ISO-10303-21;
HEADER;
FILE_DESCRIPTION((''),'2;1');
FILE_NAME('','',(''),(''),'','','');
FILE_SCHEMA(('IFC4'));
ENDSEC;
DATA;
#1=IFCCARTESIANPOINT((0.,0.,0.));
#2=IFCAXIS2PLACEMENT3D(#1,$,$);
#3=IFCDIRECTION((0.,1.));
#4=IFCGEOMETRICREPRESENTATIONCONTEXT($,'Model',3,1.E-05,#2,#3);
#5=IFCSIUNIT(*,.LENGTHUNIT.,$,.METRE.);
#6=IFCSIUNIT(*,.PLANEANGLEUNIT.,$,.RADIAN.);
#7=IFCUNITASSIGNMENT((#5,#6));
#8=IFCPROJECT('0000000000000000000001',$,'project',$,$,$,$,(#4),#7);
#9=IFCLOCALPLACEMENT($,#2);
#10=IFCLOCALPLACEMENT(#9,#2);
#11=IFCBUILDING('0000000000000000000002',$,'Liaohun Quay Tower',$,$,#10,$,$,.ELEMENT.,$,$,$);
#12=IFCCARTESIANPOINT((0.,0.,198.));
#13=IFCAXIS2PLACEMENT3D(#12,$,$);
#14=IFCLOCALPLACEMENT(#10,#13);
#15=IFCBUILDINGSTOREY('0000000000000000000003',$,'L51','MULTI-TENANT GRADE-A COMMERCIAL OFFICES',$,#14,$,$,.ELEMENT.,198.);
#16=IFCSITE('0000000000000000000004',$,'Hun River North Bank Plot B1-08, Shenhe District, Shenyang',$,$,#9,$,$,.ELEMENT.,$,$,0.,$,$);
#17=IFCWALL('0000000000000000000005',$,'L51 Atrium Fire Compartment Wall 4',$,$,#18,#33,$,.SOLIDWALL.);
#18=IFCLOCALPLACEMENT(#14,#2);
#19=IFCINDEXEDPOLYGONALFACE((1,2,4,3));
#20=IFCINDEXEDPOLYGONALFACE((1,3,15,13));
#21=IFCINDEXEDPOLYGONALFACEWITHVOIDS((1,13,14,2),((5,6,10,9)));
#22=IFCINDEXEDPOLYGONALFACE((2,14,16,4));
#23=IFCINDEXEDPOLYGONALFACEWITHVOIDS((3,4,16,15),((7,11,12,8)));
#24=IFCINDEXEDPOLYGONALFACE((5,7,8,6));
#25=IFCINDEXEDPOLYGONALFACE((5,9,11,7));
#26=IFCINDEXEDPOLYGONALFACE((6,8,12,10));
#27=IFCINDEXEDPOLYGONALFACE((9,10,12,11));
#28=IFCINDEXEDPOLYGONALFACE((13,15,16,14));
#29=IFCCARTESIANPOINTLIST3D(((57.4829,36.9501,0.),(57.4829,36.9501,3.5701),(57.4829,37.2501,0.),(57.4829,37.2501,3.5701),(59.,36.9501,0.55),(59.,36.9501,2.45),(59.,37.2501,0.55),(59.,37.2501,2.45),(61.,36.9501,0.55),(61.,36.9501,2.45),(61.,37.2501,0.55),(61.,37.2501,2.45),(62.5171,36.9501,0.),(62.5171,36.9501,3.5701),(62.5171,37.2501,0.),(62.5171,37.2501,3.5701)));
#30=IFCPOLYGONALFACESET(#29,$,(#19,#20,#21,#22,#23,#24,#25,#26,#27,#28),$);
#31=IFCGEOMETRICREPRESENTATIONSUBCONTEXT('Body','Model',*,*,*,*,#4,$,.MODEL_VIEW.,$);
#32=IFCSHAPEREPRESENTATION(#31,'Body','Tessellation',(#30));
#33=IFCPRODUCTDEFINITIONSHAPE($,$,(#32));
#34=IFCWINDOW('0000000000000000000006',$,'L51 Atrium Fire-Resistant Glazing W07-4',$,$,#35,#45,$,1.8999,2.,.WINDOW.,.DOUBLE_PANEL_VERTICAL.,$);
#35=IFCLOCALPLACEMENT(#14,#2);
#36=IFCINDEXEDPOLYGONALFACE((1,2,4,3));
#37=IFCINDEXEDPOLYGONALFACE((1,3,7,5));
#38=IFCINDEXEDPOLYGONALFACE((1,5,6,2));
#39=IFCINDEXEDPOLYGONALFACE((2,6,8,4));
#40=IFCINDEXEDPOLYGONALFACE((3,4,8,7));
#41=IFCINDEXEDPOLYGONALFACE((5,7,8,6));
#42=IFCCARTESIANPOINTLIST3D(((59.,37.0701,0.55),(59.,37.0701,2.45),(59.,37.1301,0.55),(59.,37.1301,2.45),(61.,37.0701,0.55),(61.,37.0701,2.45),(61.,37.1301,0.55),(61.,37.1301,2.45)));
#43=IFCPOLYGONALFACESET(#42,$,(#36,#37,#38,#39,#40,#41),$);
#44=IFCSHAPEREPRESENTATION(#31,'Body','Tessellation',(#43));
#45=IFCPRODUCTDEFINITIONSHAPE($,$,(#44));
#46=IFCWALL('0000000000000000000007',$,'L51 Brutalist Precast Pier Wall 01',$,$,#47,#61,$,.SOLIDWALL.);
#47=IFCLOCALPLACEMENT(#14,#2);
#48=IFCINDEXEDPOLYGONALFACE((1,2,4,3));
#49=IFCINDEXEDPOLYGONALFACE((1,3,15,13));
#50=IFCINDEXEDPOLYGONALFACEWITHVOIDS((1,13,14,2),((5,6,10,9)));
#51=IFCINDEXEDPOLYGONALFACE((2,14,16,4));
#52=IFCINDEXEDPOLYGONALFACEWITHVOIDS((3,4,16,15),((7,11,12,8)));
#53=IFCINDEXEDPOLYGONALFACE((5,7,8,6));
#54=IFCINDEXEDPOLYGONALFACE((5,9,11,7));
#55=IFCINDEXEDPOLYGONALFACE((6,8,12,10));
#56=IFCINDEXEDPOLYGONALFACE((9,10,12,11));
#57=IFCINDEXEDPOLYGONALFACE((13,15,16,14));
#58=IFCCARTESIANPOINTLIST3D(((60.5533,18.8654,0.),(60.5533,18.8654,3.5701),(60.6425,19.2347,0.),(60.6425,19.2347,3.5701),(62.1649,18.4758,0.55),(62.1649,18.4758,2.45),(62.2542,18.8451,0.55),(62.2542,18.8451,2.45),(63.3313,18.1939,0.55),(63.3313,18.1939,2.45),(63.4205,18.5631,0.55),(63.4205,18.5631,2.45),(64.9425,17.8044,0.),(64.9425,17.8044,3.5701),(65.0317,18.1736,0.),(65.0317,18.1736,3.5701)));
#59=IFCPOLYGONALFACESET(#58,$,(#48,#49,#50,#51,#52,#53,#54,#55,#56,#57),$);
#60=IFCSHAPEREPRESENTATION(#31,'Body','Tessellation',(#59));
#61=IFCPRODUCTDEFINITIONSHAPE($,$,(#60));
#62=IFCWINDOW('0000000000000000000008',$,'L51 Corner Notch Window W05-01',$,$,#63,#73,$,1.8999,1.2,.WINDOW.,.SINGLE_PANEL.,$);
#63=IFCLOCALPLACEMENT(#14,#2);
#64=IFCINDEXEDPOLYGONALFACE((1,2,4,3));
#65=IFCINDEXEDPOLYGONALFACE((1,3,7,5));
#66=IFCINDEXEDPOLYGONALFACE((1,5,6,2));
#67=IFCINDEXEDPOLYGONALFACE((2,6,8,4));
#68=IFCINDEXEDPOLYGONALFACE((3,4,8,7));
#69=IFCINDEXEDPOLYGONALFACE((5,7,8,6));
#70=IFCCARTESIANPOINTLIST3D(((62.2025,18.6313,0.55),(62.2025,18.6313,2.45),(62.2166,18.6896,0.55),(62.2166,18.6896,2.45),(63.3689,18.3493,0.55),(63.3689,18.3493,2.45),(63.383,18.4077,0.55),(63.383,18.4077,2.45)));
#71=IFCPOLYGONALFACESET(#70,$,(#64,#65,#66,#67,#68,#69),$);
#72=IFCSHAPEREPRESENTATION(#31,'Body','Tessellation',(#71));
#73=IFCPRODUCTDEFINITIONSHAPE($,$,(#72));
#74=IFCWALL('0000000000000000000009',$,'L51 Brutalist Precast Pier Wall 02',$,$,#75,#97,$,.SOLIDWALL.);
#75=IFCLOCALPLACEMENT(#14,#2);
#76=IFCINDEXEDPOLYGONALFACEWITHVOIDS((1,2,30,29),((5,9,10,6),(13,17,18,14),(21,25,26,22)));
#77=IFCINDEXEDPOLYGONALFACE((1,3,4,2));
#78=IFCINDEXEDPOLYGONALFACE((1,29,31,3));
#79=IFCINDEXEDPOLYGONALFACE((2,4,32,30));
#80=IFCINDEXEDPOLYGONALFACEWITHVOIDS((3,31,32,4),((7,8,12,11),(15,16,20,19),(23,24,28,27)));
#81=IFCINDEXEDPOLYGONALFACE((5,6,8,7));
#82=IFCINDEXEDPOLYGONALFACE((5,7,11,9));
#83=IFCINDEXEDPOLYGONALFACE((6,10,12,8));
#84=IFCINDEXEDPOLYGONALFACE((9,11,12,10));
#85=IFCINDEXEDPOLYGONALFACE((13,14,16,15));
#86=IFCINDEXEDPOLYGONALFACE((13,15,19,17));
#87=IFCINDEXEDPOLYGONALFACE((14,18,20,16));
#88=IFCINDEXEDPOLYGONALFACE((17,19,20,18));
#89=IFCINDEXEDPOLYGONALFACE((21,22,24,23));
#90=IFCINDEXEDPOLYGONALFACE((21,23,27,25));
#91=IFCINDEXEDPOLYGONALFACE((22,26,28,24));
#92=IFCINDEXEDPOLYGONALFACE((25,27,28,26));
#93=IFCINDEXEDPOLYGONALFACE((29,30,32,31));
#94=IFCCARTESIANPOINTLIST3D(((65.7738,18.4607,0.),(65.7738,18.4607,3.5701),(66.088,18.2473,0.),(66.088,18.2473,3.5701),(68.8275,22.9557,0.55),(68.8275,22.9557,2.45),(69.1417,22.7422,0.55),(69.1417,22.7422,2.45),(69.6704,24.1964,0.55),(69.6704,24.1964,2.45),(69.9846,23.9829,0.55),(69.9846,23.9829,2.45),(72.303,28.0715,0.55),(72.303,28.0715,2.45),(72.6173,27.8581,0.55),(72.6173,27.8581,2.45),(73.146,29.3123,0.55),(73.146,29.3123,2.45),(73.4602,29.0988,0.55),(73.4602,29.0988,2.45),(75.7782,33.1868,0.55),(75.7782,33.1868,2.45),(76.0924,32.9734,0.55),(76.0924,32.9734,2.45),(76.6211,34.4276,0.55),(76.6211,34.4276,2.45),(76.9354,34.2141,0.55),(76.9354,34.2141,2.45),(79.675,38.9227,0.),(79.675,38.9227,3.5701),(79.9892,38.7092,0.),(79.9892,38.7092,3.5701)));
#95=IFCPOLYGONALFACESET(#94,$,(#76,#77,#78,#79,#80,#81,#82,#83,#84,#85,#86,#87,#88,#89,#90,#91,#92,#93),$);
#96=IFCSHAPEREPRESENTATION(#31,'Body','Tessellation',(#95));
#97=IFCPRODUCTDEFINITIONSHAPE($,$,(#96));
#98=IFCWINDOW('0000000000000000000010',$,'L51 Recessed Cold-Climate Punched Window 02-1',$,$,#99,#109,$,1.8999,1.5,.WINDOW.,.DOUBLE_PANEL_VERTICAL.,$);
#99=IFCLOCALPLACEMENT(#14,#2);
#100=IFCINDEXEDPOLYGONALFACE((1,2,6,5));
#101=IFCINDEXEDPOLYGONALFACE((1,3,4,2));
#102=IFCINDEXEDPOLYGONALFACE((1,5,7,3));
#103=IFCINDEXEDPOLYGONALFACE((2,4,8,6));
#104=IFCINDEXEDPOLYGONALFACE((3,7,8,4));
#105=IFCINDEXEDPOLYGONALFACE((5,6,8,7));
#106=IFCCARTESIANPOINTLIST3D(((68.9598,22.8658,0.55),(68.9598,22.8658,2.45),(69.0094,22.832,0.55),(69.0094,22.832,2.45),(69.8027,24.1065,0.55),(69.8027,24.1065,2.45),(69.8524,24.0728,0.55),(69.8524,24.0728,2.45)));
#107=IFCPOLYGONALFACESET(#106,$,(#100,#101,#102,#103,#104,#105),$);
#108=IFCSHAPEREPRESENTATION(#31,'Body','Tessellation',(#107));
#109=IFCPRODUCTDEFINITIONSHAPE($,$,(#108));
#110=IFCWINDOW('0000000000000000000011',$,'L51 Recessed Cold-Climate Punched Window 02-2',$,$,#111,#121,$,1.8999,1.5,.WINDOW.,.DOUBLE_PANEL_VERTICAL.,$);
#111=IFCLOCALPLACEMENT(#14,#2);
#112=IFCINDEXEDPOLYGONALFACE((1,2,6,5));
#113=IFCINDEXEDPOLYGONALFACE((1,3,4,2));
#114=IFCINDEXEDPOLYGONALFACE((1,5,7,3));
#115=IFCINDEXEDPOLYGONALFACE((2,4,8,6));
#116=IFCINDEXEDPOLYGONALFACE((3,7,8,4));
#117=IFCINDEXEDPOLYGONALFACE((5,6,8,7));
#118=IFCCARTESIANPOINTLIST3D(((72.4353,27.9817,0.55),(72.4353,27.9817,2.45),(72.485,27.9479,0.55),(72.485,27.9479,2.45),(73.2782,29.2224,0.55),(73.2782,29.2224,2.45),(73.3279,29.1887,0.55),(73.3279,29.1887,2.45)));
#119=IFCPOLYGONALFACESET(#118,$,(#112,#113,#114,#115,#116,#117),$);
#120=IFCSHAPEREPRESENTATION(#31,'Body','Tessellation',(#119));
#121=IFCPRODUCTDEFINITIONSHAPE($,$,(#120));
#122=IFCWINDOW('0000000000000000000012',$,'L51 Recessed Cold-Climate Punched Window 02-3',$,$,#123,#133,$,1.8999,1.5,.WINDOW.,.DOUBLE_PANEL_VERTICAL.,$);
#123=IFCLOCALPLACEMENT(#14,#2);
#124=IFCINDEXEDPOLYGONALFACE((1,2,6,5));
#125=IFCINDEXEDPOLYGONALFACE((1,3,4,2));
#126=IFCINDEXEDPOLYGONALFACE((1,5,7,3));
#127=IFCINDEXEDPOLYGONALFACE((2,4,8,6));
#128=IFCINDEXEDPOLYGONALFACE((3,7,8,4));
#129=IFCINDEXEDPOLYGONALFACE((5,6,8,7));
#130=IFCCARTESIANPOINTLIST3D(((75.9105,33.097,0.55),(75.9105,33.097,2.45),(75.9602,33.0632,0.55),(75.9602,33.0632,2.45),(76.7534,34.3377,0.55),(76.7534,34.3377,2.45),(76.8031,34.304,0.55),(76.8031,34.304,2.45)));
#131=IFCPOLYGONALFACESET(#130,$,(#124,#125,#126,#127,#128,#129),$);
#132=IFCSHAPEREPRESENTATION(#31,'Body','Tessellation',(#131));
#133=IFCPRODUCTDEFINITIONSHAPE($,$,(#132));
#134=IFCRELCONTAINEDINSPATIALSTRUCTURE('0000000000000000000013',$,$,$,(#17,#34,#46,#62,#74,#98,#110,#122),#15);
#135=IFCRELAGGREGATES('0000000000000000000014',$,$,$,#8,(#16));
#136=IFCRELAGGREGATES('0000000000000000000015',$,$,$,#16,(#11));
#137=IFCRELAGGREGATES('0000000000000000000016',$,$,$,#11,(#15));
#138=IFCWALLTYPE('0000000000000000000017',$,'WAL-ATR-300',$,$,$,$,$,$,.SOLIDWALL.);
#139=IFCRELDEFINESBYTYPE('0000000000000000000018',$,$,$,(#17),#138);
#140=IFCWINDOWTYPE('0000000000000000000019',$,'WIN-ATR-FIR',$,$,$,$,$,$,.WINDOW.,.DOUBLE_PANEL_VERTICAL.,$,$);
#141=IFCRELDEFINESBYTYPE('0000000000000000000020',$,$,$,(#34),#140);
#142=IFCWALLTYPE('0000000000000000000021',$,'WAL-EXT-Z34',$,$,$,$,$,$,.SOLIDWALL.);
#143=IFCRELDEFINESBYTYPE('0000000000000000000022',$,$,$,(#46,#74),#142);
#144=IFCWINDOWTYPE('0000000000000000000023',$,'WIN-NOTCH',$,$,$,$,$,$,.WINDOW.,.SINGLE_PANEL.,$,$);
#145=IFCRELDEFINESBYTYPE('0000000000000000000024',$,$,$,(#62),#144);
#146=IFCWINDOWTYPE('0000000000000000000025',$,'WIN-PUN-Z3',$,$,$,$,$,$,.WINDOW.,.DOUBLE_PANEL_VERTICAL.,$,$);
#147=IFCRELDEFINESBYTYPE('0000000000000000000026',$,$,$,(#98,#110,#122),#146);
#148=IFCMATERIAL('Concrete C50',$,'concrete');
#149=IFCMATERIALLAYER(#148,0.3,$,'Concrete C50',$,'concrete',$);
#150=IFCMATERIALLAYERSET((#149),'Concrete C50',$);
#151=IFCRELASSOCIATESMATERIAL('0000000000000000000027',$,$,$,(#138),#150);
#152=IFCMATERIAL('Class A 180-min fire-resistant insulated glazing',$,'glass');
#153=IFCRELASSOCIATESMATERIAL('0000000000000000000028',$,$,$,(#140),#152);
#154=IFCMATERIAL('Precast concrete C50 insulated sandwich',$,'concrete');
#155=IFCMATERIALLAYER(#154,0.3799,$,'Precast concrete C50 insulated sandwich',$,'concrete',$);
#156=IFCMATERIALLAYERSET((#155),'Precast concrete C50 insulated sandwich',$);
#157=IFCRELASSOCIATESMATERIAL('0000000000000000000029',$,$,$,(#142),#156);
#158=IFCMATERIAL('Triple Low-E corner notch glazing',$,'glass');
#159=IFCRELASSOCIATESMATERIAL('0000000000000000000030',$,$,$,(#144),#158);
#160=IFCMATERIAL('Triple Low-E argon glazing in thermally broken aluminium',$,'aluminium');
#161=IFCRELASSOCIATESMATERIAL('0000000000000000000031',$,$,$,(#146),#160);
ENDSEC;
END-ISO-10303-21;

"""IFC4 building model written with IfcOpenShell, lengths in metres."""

from ifc_helpers import new_model, si_unit, direction, frame, frame_2d, origin, place, context, subcontext, project, spatial, rectangle, extrude, source, transform, mapped, material, layer, layer_set, type_object, element, fill, save


model = new_model("IFC4")

# Units and contexts
model_context = context("Model", 3, precision=1e-05, world=origin(), true_north=direction((0.0, 1.0)))
body_context = subcontext(model_context, "Body", "Model", "MODEL_VIEW")
ifc_project = project(units=[si_unit("LENGTHUNIT", "METRE"), si_unit("PLANEANGLEUNIT", "RADIAN")], contexts=[model_context])

# Site, building, storey
site_placement = place(None, origin())
site = spatial("IfcSite", under=ifc_project, at=site_placement, Name="Hun River North Bank Plot B1-08, Shenhe District, Shenyang", CompositionType="ELEMENT", RefElevation=0.0)
building_placement = place(site_placement, origin())
building = spatial("IfcBuilding", under=site, at=building_placement, Name="Liaohun Quay Tower", CompositionType="ELEMENT")
storey_placement = place(building_placement, frame((0.0, 0.0, 198.0)))
storey = spatial("IfcBuildingStorey", under=building, at=storey_placement, Name="L51", Description="MULTI-TENANT GRADE-A COMMERCIAL OFFICES", CompositionType="ELEMENT", Elevation=198.0)

# Walls, openings, windows
ifc_material_1 = material(Name="Concrete C50", Category="concrete")
ifc_layer_1 = layer(ifc_material_1, 0.3, Name="Concrete C50", Category="concrete")
ifc_layer_set_1 = layer_set([ifc_layer_1], Name="Concrete C50")
wall_type_1 = type_object("IfcWallType", Name="WAL-ATR-300", PredefinedType="SOLIDWALL", material=ifc_layer_set_1)
shared_shape_1 = source(origin(), body_context, "Body", "SweptSolid", [
    extrude(rectangle(XDim=2.0, YDim=1.8999, at=frame_2d((1.0, 0.95))), frame((0.0, 0.1599, 0.0), z_axis=(0.0, -1.0, 0.0), x_axis=(1.0, 0.0, 0.0)), (0.0, 0.0, 1.0), 0.3201),
])
ifc_material_2 = material(Name="Class A 180-min fire-resistant insulated glazing", Category="glass")
window_type_1 = type_object("IfcWindowType", Name="WIN-ATR-FIR", PartitioningType="DOUBLE_PANEL_VERTICAL", PredefinedType="WINDOW", material=ifc_material_2)
shared_shape_2 = source(origin(), body_context, "Body", "SweptSolid", [
    extrude(rectangle(XDim=2.0, YDim=1.8999, at=frame_2d((1.0, 0.95))), frame((0.0, 0.03, 0.0), z_axis=(0.0, -1.0, 0.0), x_axis=(1.0, 0.0, 0.0)), (0.0, 0.0, 1.0), 0.0601),
])
wall_1_placement = place(storey_placement, frame((62.5171, 37.1001, 0.0), z_axis=(0.0, 0.0, 1.0), x_axis=(-1.0, 0.0, 0.0)))
wall_1 = element("IfcWall", 1, at=wall_1_placement, inside=storey, type_object=wall_type_1, Name="L51 Atrium Fire Compartment Wall 4", PredefinedType="SOLIDWALL", context=body_context, shape_type="SweptSolid", body=[
    extrude(rectangle(XDim=5.0342, YDim=0.3, at=frame_2d((2.5171, 0.0))), origin(), (0.0, 0.0, 1.0), 3.5701),
])
opening_1_placement = place(wall_1_placement, frame((1.5171, 0.0, 0.55)))
opening_1 = element("IfcOpeningElement", 2, at=opening_1_placement, cuts=wall_1, PredefinedType="OPENING", context=body_context, shape_type="MappedRepresentation", body=[
    mapped(shared_shape_1, transform((0.0, 0.0, 0.0), x_axis=(1.0, 0.0, 0.0), y_axis=(0.0, 1.0, 0.0), z_axis=(0.0, 0.0, 1.0), scale=1.0)),
])
window_1_placement = place(opening_1_placement, origin())
window_1 = element("IfcWindow", 3, at=window_1_placement, inside=storey, type_object=window_type_1, Name="L51 Atrium Fire-Resistant Glazing W07-4", OverallHeight=1.8999, OverallWidth=2.0, PartitioningType="DOUBLE_PANEL_VERTICAL", PredefinedType="WINDOW", context=body_context, shape_type="MappedRepresentation", body=[
    mapped(shared_shape_2, transform((0.0, 0.0, 0.0), x_axis=(1.0, 0.0, 0.0), y_axis=(0.0, 1.0, 0.0), z_axis=(0.0, 0.0, 1.0), scale=1.0)),
])
fill(opening_1, window_1)
ifc_material_3 = material(Name="Precast concrete C50 insulated sandwich", Category="concrete")
ifc_layer_2 = layer(ifc_material_3, 0.3799, Name="Precast concrete C50 insulated sandwich", Category="concrete")
ifc_layer_set_2 = layer_set([ifc_layer_2], Name="Precast concrete C50 insulated sandwich")
wall_type_2 = type_object("IfcWallType", Name="WAL-EXT-Z34", PredefinedType="SOLIDWALL", material=ifc_layer_set_2)
wall_2_placement = place(storey_placement, frame((60.5979, 19.05, 0.0), z_axis=(0.0, 0.0, 1.0), x_axis=(0.972002, -0.234972, 0.0)))
wall_2 = element("IfcWall", 4, at=wall_2_placement, inside=storey, type_object=wall_type_2, Name="L51 Brutalist Precast Pier Wall 01", PredefinedType="SOLIDWALL", context=body_context, shape_type="SweptSolid", body=[
    extrude(rectangle(XDim=4.5156, YDim=0.3799, at=frame_2d((2.2578, 0.0))), origin(), (0.0, 0.0, 1.0), 3.5701),
])
shared_shape_3 = source(origin(), body_context, "Body", "SweptSolid", [
    extrude(rectangle(XDim=1.2, YDim=1.8999, at=frame_2d((0.6001, 0.95))), frame((0.0, 0.2, 0.0), z_axis=(0.0, -1.0, 0.0), x_axis=(1.0, 0.0, 0.0)), (0.0, 0.0, 1.0), 0.3999),
])
opening_2_placement = place(wall_2_placement, frame((1.658, 0.0, 0.55)))
opening_2 = element("IfcOpeningElement", 5, at=opening_2_placement, cuts=wall_2, PredefinedType="OPENING", context=body_context, shape_type="MappedRepresentation", body=[
    mapped(shared_shape_3, transform((0.0, 0.0, 0.0), x_axis=(1.0, 0.0, 0.0), y_axis=(0.0, 1.0, 0.0), z_axis=(0.0, 0.0, 1.0), scale=1.0)),
])
ifc_material_4 = material(Name="Triple Low-E corner notch glazing", Category="glass")
window_type_2 = type_object("IfcWindowType", Name="WIN-NOTCH", PartitioningType="SINGLE_PANEL", PredefinedType="WINDOW", material=ifc_material_4)
shared_shape_4 = source(origin(), body_context, "Body", "SweptSolid", [
    extrude(rectangle(XDim=1.2, YDim=1.8999, at=frame_2d((0.6001, 0.95))), frame((0.0, 0.03, 0.0), z_axis=(0.0, -1.0, 0.0), x_axis=(1.0, 0.0, 0.0)), (0.0, 0.0, 1.0), 0.0601),
])
window_2_placement = place(opening_2_placement, origin())
window_2 = element("IfcWindow", 6, at=window_2_placement, inside=storey, type_object=window_type_2, Name="L51 Corner Notch Window W05-01", OverallHeight=1.8999, OverallWidth=1.2, PartitioningType="SINGLE_PANEL", PredefinedType="WINDOW", context=body_context, shape_type="MappedRepresentation", body=[
    mapped(shared_shape_4, transform((0.0, 0.0, 0.0), x_axis=(1.0, 0.0, 0.0), y_axis=(0.0, 1.0, 0.0), z_axis=(0.0, 0.0, 1.0), scale=1.0)),
])
fill(opening_2, window_2)

# Wall, openings, windows
wall_3_placement = place(storey_placement, frame((65.9309, 18.354, 0.0), z_axis=(0.0, 0.0, 1.0), x_axis=(0.561951, 0.82717, 0.0)))
wall_3 = element("IfcWall", 7, at=wall_3_placement, inside=storey, type_object=wall_type_2, Name="L51 Brutalist Precast Pier Wall 02", PredefinedType="SOLIDWALL", context=body_context, shape_type="SweptSolid", body=[
    extrude(rectangle(XDim=24.7373, YDim=0.3799, at=frame_2d((12.3687, 0.0))), origin(), (0.0, 0.0, 1.0), 3.5701),
])
shared_shape_5 = source(origin(), body_context, "Body", "SweptSolid", [
    extrude(rectangle(XDim=1.5, YDim=1.8999, at=frame_2d((0.75, 0.95))), frame((0.0, 0.2, 0.0), z_axis=(0.0, -1.0, 0.0), x_axis=(1.0, 0.0, 0.0)), (0.0, 0.0, 1.0), 0.3999),
])
opening_3_placement = place(wall_3_placement, frame((5.4341, 0.0, 0.55)))
opening_3 = element("IfcOpeningElement", 8, at=opening_3_placement, cuts=wall_3, PredefinedType="OPENING", context=body_context, shape_type="MappedRepresentation", body=[
    mapped(shared_shape_5, transform((0.0, 0.0, 0.0), x_axis=(1.0, 0.0, 0.0), y_axis=(0.0, 1.0, 0.0), z_axis=(0.0, 0.0, 1.0), scale=1.0)),
])
opening_4_placement = place(wall_3_placement, frame((11.6189, 0.0, 0.55)))
opening_4 = element("IfcOpeningElement", 9, at=opening_4_placement, cuts=wall_3, PredefinedType="OPENING", context=body_context, shape_type="MappedRepresentation", body=[
    mapped(shared_shape_5, transform((0.0, 0.0, 0.0), x_axis=(1.0, 0.0, 0.0), y_axis=(0.0, 1.0, 0.0), z_axis=(0.0, 0.0, 1.0), scale=1.0)),
])
opening_5_placement = place(wall_3_placement, frame((17.803, 0.0, 0.55)))
opening_5 = element("IfcOpeningElement", 10, at=opening_5_placement, cuts=wall_3, PredefinedType="OPENING", context=body_context, shape_type="MappedRepresentation", body=[
    mapped(shared_shape_5, transform((0.0, 0.0, 0.0), x_axis=(1.0, 0.0, 0.0), y_axis=(0.0, 1.0, 0.0), z_axis=(0.0, 0.0, 1.0), scale=1.0)),
])
ifc_material_5 = material(Name="Triple Low-E argon glazing in thermally broken aluminium", Category="aluminium")
window_type_3 = type_object("IfcWindowType", Name="WIN-PUN-Z3", PartitioningType="DOUBLE_PANEL_VERTICAL", PredefinedType="WINDOW", material=ifc_material_5)
shared_shape_6 = source(origin(), body_context, "Body", "SweptSolid", [
    extrude(rectangle(XDim=1.5, YDim=1.8999, at=frame_2d((0.75, 0.95))), frame((0.0, 0.03, 0.0), z_axis=(0.0, -1.0, 0.0), x_axis=(1.0, 0.0, 0.0)), (0.0, 0.0, 1.0), 0.0601),
])
window_3_placement = place(opening_3_placement, origin())
window_3 = element("IfcWindow", 11, at=window_3_placement, inside=storey, type_object=window_type_3, Name="L51 Recessed Cold-Climate Punched Window 02-1", OverallHeight=1.8999, OverallWidth=1.5, PartitioningType="DOUBLE_PANEL_VERTICAL", PredefinedType="WINDOW", context=body_context, shape_type="MappedRepresentation", body=[
    mapped(shared_shape_6, transform((0.0, 0.0, 0.0), x_axis=(1.0, 0.0, 0.0), y_axis=(0.0, 1.0, 0.0), z_axis=(0.0, 0.0, 1.0), scale=1.0)),
])
fill(opening_3, window_3)
window_4_placement = place(opening_4_placement, origin())
window_4 = element("IfcWindow", 12, at=window_4_placement, inside=storey, type_object=window_type_3, Name="L51 Recessed Cold-Climate Punched Window 02-2", OverallHeight=1.8999, OverallWidth=1.5, PartitioningType="DOUBLE_PANEL_VERTICAL", PredefinedType="WINDOW", context=body_context, shape_type="MappedRepresentation", body=[
    mapped(shared_shape_6, transform((0.0, 0.0, 0.0), x_axis=(1.0, 0.0, 0.0), y_axis=(0.0, 1.0, 0.0), z_axis=(0.0, 0.0, 1.0), scale=1.0)),
])
fill(opening_4, window_4)
window_5_placement = place(opening_5_placement, origin())
window_5 = element("IfcWindow", 13, at=window_5_placement, inside=storey, type_object=window_type_3, Name="L51 Recessed Cold-Climate Punched Window 02-3", OverallHeight=1.8999, OverallWidth=1.5, PartitioningType="DOUBLE_PANEL_VERTICAL", PredefinedType="WINDOW", context=body_context, shape_type="MappedRepresentation", body=[
    mapped(shared_shape_6, transform((0.0, 0.0, 0.0), x_axis=(1.0, 0.0, 0.0), y_axis=(0.0, 1.0, 0.0), z_axis=(0.0, 0.0, 1.0), scale=1.0)),
])
fill(opening_5, window_5)

save(model, "model.ifc")
